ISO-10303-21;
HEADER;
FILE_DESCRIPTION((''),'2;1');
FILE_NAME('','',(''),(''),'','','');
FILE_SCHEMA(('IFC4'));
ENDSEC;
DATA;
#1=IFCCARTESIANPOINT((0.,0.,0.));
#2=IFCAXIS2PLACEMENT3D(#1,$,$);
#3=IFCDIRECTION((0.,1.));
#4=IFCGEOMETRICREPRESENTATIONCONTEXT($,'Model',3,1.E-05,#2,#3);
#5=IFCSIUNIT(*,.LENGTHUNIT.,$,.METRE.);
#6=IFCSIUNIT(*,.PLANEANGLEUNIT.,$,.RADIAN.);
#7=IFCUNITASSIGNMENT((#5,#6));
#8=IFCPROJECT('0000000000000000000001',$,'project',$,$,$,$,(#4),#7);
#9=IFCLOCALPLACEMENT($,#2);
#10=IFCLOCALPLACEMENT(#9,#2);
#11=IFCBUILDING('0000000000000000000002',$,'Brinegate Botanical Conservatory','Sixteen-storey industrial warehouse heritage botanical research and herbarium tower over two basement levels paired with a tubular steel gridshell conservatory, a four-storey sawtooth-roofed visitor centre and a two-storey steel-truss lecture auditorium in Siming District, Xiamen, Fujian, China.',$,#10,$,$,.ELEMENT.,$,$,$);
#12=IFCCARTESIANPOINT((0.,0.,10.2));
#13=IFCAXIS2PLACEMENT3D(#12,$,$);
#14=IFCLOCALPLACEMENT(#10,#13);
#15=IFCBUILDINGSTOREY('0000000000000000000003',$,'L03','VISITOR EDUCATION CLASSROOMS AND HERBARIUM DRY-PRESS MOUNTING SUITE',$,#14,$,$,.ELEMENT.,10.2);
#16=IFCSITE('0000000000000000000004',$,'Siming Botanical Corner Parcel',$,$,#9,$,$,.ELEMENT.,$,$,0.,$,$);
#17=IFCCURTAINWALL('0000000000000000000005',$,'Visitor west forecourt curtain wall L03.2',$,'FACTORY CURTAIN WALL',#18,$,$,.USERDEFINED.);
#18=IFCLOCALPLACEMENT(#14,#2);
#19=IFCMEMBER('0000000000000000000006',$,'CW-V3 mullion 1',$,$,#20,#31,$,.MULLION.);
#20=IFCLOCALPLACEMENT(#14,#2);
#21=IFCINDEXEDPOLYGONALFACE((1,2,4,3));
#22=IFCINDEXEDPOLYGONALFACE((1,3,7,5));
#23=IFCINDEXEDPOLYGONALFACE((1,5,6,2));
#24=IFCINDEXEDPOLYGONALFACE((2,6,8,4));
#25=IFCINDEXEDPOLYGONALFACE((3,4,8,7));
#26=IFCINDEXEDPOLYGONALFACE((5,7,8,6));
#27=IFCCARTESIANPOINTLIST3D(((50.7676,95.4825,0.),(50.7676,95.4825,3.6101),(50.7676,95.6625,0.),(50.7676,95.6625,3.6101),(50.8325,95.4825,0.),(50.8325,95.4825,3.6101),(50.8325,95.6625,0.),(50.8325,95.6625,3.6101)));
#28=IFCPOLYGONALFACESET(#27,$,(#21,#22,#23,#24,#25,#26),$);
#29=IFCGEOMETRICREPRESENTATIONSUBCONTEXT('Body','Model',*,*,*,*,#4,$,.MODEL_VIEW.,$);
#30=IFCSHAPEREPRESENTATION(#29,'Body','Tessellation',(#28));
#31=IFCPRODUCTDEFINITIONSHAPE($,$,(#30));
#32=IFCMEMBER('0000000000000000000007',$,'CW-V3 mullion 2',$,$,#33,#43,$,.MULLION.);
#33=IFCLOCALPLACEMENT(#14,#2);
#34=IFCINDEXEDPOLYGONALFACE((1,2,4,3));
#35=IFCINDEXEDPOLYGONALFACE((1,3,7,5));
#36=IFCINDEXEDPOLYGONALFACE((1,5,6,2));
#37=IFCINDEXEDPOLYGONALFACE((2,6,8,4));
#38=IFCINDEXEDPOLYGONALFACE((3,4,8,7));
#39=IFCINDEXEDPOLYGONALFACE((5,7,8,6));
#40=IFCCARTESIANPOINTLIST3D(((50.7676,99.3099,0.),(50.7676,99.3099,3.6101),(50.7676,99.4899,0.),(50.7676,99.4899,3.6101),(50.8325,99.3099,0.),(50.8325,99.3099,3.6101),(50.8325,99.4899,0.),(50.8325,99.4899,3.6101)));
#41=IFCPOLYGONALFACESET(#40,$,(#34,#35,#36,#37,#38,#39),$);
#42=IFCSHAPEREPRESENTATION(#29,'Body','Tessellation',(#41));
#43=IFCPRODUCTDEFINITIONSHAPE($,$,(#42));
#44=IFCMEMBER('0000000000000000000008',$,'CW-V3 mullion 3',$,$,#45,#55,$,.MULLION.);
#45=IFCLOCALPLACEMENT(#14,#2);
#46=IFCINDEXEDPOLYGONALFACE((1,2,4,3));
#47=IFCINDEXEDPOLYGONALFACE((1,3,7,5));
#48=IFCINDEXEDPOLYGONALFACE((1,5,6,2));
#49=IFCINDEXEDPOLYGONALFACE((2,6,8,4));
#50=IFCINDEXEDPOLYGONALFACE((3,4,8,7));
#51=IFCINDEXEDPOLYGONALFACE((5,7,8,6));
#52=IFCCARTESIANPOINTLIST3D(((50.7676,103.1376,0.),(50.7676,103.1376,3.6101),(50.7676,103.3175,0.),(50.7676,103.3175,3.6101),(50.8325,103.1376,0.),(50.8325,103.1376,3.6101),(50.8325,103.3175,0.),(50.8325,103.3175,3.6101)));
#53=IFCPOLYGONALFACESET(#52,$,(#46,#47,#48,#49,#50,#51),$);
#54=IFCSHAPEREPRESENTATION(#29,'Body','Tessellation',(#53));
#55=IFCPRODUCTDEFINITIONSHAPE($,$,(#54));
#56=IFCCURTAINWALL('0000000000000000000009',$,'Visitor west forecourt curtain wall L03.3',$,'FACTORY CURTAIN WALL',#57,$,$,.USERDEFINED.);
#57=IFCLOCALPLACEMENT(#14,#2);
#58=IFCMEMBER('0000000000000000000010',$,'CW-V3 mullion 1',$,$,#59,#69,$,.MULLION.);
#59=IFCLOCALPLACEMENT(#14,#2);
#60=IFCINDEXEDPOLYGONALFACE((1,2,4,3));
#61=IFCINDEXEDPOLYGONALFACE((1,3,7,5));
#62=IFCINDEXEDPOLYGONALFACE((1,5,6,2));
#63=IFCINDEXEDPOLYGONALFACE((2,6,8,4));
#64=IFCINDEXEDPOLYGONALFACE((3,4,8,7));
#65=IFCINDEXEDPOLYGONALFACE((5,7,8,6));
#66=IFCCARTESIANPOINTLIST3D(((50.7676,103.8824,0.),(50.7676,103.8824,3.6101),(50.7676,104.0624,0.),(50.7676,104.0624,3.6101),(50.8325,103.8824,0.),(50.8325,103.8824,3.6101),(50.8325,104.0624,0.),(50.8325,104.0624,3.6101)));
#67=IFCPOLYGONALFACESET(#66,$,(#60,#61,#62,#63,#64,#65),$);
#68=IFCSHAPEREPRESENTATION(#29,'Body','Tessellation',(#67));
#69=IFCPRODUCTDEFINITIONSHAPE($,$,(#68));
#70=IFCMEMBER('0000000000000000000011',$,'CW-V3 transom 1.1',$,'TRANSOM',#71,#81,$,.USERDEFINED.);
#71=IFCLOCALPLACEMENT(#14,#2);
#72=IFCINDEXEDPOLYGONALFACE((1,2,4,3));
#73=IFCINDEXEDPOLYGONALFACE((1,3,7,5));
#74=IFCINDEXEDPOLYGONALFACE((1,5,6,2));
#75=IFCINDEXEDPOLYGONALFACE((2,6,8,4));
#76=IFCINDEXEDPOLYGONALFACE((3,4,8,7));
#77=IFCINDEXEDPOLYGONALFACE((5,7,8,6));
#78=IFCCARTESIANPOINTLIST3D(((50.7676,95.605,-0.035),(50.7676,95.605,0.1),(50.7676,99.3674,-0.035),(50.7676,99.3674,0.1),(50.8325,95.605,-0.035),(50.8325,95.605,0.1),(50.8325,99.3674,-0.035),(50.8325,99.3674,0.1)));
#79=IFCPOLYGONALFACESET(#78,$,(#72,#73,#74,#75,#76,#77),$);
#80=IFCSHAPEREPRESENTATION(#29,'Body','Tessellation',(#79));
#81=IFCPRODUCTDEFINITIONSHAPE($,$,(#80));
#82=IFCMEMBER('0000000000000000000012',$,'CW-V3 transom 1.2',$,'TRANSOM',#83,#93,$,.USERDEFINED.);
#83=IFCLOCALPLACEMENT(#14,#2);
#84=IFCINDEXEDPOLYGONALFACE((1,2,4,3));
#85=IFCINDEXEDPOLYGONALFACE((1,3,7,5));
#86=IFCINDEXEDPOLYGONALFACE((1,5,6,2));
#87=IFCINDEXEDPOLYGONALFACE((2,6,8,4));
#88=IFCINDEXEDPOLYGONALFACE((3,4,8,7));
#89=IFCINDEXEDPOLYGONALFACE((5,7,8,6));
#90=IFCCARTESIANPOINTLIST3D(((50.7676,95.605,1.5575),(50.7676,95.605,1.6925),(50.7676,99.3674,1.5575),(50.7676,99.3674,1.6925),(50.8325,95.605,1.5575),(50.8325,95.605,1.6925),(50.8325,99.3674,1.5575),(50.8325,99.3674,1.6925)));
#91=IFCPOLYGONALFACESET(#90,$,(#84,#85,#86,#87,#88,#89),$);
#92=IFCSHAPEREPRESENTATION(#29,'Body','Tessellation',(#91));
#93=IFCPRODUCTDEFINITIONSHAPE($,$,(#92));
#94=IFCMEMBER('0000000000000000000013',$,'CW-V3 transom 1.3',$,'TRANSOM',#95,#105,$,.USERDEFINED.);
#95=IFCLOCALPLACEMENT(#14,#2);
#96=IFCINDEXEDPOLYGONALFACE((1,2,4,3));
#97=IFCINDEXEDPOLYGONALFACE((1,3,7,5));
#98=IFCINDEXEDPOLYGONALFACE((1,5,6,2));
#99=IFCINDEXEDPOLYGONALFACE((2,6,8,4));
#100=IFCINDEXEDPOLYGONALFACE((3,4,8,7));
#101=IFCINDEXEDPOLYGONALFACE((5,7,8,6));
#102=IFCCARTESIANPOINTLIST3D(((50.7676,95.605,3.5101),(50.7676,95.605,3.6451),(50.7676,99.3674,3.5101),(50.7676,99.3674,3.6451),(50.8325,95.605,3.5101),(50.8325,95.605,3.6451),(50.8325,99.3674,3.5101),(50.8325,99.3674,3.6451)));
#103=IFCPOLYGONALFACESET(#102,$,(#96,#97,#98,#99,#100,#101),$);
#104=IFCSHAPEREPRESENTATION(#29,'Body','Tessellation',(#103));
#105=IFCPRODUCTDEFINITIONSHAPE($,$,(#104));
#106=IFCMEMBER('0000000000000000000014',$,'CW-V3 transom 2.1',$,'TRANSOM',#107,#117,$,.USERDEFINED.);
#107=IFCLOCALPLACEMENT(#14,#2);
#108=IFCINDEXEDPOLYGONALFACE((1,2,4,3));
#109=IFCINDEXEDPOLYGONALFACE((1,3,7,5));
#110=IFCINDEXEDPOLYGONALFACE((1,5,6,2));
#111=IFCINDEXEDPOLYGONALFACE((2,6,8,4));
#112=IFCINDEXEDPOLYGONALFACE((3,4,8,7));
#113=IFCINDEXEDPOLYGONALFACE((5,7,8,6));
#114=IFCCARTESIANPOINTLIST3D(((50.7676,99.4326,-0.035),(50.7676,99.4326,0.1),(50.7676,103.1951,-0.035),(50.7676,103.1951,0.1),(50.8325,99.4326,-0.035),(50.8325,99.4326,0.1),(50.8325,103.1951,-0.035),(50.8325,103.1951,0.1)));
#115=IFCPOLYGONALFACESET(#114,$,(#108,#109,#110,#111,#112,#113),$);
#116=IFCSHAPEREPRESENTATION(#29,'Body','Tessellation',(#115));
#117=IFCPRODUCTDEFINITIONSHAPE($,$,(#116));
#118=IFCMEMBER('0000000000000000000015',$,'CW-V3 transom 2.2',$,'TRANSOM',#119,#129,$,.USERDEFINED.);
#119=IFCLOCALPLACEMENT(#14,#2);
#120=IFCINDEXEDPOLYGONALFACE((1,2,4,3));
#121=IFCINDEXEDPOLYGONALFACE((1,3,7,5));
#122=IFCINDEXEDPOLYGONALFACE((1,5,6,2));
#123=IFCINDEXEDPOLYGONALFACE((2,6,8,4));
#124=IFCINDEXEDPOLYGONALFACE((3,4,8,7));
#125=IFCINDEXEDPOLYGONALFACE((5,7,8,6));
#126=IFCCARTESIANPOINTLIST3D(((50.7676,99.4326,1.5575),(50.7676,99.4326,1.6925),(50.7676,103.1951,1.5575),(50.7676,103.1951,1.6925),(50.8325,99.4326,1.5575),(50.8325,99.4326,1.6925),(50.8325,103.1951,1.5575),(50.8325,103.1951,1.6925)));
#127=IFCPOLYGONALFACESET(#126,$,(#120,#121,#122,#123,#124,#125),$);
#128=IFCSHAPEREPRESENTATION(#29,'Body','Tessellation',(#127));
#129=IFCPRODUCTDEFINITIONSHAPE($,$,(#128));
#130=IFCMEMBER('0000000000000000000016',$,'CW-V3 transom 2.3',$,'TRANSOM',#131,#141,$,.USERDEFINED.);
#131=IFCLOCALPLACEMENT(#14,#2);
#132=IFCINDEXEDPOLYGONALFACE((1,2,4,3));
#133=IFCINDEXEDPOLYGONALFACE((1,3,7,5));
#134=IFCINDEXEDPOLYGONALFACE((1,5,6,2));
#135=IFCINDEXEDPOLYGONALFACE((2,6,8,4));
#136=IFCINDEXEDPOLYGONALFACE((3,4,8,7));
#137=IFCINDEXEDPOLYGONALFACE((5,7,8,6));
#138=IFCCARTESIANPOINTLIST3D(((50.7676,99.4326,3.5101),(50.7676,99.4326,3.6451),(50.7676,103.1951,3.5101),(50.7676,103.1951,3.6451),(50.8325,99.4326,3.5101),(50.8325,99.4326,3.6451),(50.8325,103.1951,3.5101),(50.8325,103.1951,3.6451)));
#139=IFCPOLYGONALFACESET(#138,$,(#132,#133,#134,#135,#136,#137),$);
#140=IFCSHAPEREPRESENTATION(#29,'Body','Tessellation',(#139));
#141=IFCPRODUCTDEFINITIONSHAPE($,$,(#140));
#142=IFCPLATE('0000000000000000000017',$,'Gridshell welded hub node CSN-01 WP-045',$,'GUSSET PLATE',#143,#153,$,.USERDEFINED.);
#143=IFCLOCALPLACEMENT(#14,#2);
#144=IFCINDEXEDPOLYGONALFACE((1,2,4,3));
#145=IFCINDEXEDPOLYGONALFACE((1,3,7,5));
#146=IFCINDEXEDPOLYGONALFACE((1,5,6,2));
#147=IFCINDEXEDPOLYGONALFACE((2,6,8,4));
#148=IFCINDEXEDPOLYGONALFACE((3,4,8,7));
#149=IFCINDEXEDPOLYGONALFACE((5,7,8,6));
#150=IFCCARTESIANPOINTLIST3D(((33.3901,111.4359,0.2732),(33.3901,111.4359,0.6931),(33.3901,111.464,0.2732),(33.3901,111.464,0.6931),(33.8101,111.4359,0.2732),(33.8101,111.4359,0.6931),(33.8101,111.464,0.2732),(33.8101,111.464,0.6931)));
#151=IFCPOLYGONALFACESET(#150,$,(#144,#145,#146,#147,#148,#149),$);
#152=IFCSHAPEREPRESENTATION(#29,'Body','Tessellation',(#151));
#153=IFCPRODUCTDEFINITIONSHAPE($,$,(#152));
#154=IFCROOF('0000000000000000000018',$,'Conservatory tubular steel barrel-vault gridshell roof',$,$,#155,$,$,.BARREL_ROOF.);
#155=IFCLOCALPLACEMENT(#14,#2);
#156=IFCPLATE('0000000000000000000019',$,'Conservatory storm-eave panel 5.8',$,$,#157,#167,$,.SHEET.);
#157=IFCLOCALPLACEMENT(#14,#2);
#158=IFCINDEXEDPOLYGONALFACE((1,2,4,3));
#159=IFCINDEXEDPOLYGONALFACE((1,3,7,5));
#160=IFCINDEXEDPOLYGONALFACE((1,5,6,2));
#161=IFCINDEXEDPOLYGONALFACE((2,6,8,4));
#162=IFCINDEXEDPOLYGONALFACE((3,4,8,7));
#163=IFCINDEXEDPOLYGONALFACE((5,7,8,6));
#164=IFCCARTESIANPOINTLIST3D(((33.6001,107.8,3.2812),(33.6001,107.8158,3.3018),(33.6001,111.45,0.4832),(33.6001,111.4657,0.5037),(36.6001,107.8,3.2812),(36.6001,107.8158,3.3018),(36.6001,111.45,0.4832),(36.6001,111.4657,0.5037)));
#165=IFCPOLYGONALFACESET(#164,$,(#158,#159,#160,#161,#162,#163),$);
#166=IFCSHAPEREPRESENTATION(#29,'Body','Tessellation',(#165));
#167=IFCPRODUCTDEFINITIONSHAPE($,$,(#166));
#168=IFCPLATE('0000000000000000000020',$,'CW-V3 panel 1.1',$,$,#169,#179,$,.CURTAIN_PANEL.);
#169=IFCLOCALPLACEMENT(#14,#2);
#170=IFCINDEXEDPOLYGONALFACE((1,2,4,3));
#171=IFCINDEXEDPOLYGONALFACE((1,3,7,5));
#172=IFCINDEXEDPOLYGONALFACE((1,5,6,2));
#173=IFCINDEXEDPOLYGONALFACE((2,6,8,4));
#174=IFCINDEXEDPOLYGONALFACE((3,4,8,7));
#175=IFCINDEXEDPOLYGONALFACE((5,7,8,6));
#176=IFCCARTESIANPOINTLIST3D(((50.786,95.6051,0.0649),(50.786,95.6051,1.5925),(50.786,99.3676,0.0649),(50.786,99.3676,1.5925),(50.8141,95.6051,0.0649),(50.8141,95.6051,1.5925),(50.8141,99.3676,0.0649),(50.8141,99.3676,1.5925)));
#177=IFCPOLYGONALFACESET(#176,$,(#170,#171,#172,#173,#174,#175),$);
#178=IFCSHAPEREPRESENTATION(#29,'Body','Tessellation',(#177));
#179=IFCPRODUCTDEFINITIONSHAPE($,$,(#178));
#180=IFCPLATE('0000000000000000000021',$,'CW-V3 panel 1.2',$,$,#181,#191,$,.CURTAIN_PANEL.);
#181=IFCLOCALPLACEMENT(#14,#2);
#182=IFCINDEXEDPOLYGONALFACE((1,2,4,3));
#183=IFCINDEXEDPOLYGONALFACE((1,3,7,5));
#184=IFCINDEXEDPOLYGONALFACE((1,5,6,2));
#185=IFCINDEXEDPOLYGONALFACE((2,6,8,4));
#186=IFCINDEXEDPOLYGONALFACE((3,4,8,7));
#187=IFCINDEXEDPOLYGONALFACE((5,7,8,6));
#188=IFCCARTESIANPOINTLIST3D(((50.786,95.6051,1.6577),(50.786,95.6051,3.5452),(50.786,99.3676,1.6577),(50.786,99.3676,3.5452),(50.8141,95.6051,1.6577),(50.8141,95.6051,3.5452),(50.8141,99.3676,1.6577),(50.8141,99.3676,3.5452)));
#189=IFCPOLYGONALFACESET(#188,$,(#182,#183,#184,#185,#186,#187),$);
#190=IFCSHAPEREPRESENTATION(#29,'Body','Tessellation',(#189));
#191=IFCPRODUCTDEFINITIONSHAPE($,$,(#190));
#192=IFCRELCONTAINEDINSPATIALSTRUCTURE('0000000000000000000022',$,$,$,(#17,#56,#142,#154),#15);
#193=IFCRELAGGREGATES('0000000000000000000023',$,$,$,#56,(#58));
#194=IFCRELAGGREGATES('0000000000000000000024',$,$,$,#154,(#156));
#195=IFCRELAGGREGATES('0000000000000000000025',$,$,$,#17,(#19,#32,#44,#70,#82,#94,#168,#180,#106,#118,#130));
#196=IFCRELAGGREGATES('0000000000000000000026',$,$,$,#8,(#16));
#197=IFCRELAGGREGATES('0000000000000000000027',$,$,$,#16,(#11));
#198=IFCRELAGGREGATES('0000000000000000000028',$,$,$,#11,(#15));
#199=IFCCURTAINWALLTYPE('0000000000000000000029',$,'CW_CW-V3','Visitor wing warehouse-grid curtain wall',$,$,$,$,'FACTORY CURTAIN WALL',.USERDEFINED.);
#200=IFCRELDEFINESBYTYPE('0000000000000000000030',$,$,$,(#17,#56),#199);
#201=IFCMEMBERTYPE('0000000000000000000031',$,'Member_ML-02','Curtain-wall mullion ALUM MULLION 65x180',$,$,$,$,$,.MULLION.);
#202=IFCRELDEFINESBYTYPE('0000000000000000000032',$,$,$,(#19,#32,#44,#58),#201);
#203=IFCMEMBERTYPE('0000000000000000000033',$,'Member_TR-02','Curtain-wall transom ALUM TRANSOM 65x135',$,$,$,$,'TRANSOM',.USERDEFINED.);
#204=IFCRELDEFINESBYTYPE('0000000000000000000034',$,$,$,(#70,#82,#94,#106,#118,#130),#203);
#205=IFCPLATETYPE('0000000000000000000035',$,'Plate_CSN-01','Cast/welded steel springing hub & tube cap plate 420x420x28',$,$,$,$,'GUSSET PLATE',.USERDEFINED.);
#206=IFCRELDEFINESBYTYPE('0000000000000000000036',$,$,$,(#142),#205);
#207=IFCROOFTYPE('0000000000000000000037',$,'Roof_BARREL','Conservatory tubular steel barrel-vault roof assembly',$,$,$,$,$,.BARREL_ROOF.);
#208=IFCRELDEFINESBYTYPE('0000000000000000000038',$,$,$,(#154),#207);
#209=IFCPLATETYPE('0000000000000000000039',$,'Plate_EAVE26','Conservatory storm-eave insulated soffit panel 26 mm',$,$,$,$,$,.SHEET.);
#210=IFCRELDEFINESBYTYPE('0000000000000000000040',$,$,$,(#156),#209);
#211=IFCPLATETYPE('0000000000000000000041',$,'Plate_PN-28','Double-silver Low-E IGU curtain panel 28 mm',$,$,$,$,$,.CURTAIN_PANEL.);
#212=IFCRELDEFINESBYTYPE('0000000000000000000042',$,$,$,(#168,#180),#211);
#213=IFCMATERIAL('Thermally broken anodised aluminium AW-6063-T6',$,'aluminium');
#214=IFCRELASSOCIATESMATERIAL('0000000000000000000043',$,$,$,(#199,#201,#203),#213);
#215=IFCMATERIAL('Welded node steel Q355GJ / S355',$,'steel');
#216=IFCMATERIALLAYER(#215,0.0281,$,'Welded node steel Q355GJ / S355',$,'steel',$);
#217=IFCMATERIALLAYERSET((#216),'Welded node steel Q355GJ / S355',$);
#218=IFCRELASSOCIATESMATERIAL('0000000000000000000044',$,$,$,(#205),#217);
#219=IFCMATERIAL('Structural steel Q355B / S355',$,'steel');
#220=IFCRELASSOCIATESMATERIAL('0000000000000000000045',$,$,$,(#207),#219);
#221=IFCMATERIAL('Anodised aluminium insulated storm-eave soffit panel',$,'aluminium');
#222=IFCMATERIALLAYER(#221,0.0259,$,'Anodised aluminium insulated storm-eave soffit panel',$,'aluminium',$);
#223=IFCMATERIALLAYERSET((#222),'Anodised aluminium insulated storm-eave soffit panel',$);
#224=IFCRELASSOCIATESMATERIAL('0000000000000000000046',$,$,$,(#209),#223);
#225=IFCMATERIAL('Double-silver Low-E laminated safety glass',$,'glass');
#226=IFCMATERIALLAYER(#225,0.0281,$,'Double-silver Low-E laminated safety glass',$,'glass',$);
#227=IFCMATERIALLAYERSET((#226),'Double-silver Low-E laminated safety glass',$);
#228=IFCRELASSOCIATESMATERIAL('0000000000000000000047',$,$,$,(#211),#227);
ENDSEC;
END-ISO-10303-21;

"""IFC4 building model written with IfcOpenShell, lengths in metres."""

from ifc_helpers import new_model, si_unit, direction, frame, origin, origin_2d, place, context, subcontext, project, spatial, polyline, rectangle, outline, extrude, material, layer, layer_set, material_profile, profile_set, type_object, element, aggregate, save


model = new_model("IFC4")

# Units and contexts
model_context = context("Model", 3, precision=1e-05, world=origin(), true_north=direction((0.0, 1.0)))
body_context = subcontext(model_context, "Body", "Model", "MODEL_VIEW")
ifc_project = project(units=[si_unit("LENGTHUNIT", "METRE"), si_unit("PLANEANGLEUNIT", "RADIAN")], contexts=[model_context])

# Site, building, storey
site_placement = place(None, origin())
site = spatial("IfcSite", under=ifc_project, at=site_placement, Name="Siming Botanical Corner Parcel", CompositionType="ELEMENT", RefElevation=0.0)
building_placement = place(site_placement, origin())
building = spatial("IfcBuilding", under=site, at=building_placement, Name="Brinegate Botanical Conservatory", Description="Sixteen-storey industrial warehouse heritage botanical research and herbarium tower over two basement levels paired with a tubular steel gridshell conservatory, a four-storey sawtooth-roofed visitor centre and a two-storey steel-truss lecture auditorium in Siming District, Xiamen, Fujian, China.", CompositionType="ELEMENT")
storey_placement = place(building_placement, frame((0.0, 0.0, 10.2)))
storey = spatial("IfcBuildingStorey", under=building, at=storey_placement, Name="L03", Description="VISITOR EDUCATION CLASSROOMS AND HERBARIUM DRY-PRESS MOUNTING SUITE", CompositionType="ELEMENT", Elevation=10.2)

# Shared definitions
ifc_material_1 = material(Name="Structural steel Q355B / S355", Category="steel")

# Curtain wall, members
ifc_material_2 = material(Name="Thermally broken anodised aluminium AW-6063-T6", Category="aluminium")
curtain_wall_type = type_object("IfcCurtainWallType", Name="CW_CW-V3", Description="Visitor wing warehouse-grid curtain wall", ElementType="FACTORY CURTAIN WALL", PredefinedType="USERDEFINED", material=ifc_material_2)
curtain_wall_1_placement = place(storey_placement, origin())
curtain_wall_1 = element("IfcCurtainWall", 1, at=curtain_wall_1_placement, inside=storey, type_object=curtain_wall_type, Name="Visitor west forecourt curtain wall L03.2", ObjectType="FACTORY CURTAIN WALL", PredefinedType="USERDEFINED")
ifc_material_profile_1 = material_profile(ifc_material_2, rectangle(XDim=0.0649, YDim=0.1799, at=origin_2d()), Name="ALUM MULLION 65x180")
ifc_profile_set_1 = profile_set([ifc_material_profile_1], Name="Thermally broken anodised aluminium AW-6063-T6")
member_type_1 = type_object("IfcMemberType", Name="Member_ML-02", Description="Curtain-wall mullion ALUM MULLION 65x180", PredefinedType="MULLION", material=ifc_profile_set_1)
member_1_placement = place(storey_placement, frame((50.8, 95.5725, 0.0), z_axis=(0.0, 0.0, 1.0), x_axis=(-1.0, 0.0, 0.0)))
member_1 = element("IfcMember", 2, at=member_1_placement, type_object=member_type_1, Name="CW-V3 mullion 1", PredefinedType="MULLION", context=body_context, shape_type="SweptSolid", body=[
    extrude(rectangle(XDim=0.0649, YDim=0.1799, at=origin_2d()), origin(), (0.0, 0.0, 1.0), 3.6101),
])
member_2_placement = place(storey_placement, frame((50.8, 99.3999, 0.0), z_axis=(0.0, 0.0, 1.0), x_axis=(-1.0, 0.0, 0.0)))
member_2 = element("IfcMember", 3, at=member_2_placement, type_object=member_type_1, Name="CW-V3 mullion 2", PredefinedType="MULLION", context=body_context, shape_type="SweptSolid", body=[
    extrude(rectangle(XDim=0.0649, YDim=0.1799, at=origin_2d()), origin(), (0.0, 0.0, 1.0), 3.6101),
])
member_3_placement = place(storey_placement, frame((50.8, 103.2275, 0.0), z_axis=(0.0, 0.0, 1.0), x_axis=(-1.0, 0.0, 0.0)))
member_3 = element("IfcMember", 4, at=member_3_placement, type_object=member_type_1, Name="CW-V3 mullion 3", PredefinedType="MULLION", context=body_context, shape_type="SweptSolid", body=[
    extrude(rectangle(XDim=0.0649, YDim=0.1799, at=origin_2d()), origin(), (0.0, 0.0, 1.0), 3.6101),
])

# Curtain wall, member
curtain_wall_2_placement = place(storey_placement, origin())
curtain_wall_2 = element("IfcCurtainWall", 5, at=curtain_wall_2_placement, inside=storey, type_object=curtain_wall_type, Name="Visitor west forecourt curtain wall L03.3", ObjectType="FACTORY CURTAIN WALL", PredefinedType="USERDEFINED")
member_4_placement = place(storey_placement, frame((50.8, 103.9724, 0.0), z_axis=(0.0, 0.0, 1.0), x_axis=(-1.0, 0.0, 0.0)))
member_4 = element("IfcMember", 6, at=member_4_placement, type_object=member_type_1, Name="CW-V3 mullion 1", PredefinedType="MULLION", context=body_context, shape_type="SweptSolid", body=[
    extrude(rectangle(XDim=0.0649, YDim=0.1799, at=origin_2d()), origin(), (0.0, 0.0, 1.0), 3.6101),
])
aggregate(curtain_wall_2, [member_4])

# Members
ifc_material_profile_2 = material_profile(ifc_material_2, rectangle(XDim=0.0649, YDim=0.135, at=origin_2d()), Name="ALUM TRANSOM 65x135")
ifc_profile_set_2 = profile_set([ifc_material_profile_2], Name="Thermally broken anodised aluminium AW-6063-T6")
member_type_2 = type_object("IfcMemberType", Name="Member_TR-02", Description="Curtain-wall transom ALUM TRANSOM 65x135", ElementType="TRANSOM", PredefinedType="USERDEFINED", material=ifc_profile_set_2)
member_5_placement = place(storey_placement, frame((50.8, 95.605, 0.0325), z_axis=(0.0, 1.0, 0.0), x_axis=(-1.0, 0.0, 0.0)))
member_5 = element("IfcMember", 7, at=member_5_placement, type_object=member_type_2, Name="CW-V3 transom 1.1", ObjectType="TRANSOM", PredefinedType="USERDEFINED", context=body_context, shape_type="SweptSolid", body=[
    extrude(rectangle(XDim=0.0649, YDim=0.135, at=origin_2d()), origin(), (0.0, 0.0, 1.0), 3.7625),
])
member_6_placement = place(storey_placement, frame((50.8, 95.605, 1.625), z_axis=(0.0, 1.0, 0.0), x_axis=(-1.0, 0.0, 0.0)))
member_6 = element("IfcMember", 8, at=member_6_placement, type_object=member_type_2, Name="CW-V3 transom 1.2", ObjectType="TRANSOM", PredefinedType="USERDEFINED", context=body_context, shape_type="SweptSolid", body=[
    extrude(rectangle(XDim=0.0649, YDim=0.135, at=origin_2d()), origin(), (0.0, 0.0, 1.0), 3.7625),
])
member_7_placement = place(storey_placement, frame((50.8, 95.605, 3.5776), z_axis=(0.0, 1.0, 0.0), x_axis=(-1.0, 0.0, 0.0)))
member_7 = element("IfcMember", 9, at=member_7_placement, type_object=member_type_2, Name="CW-V3 transom 1.3", ObjectType="TRANSOM", PredefinedType="USERDEFINED", context=body_context, shape_type="SweptSolid", body=[
    extrude(rectangle(XDim=0.0649, YDim=0.135, at=origin_2d()), origin(), (0.0, 0.0, 1.0), 3.7625),
])
member_8_placement = place(storey_placement, frame((50.8, 99.4326, 0.0325), z_axis=(0.0, 1.0, 0.0), x_axis=(-1.0, 0.0, 0.0)))
member_8 = element("IfcMember", 10, at=member_8_placement, type_object=member_type_2, Name="CW-V3 transom 2.1", ObjectType="TRANSOM", PredefinedType="USERDEFINED", context=body_context, shape_type="SweptSolid", body=[
    extrude(rectangle(XDim=0.0649, YDim=0.135, at=origin_2d()), origin(), (0.0, 0.0, 1.0), 3.7625),
])
member_9_placement = place(storey_placement, frame((50.8, 99.4326, 1.625), z_axis=(0.0, 1.0, 0.0), x_axis=(-1.0, 0.0, 0.0)))
member_9 = element("IfcMember", 11, at=member_9_placement, type_object=member_type_2, Name="CW-V3 transom 2.2", ObjectType="TRANSOM", PredefinedType="USERDEFINED", context=body_context, shape_type="SweptSolid", body=[
    extrude(rectangle(XDim=0.0649, YDim=0.135, at=origin_2d()), origin(), (0.0, 0.0, 1.0), 3.7625),
])
member_10_placement = place(storey_placement, frame((50.8, 99.4326, 3.5776), z_axis=(0.0, 1.0, 0.0), x_axis=(-1.0, 0.0, 0.0)))
member_10 = element("IfcMember", 12, at=member_10_placement, type_object=member_type_2, Name="CW-V3 transom 2.3", ObjectType="TRANSOM", PredefinedType="USERDEFINED", context=body_context, shape_type="SweptSolid", body=[
    extrude(rectangle(XDim=0.0649, YDim=0.135, at=origin_2d()), origin(), (0.0, 0.0, 1.0), 3.7625),
])

# Plate
ifc_material_3 = material(Name="Welded node steel Q355GJ / S355", Category="steel")
ifc_layer_1 = layer(ifc_material_3, 0.0281, Name="Welded node steel Q355GJ / S355", Category="steel")
ifc_layer_set_1 = layer_set([ifc_layer_1], Name="Welded node steel Q355GJ / S355")
plate_type_1 = type_object("IfcPlateType", Name="Plate_CSN-01", Description="Cast/welded steel springing hub & tube cap plate 420x420x28", ElementType="GUSSET PLATE", PredefinedType="USERDEFINED", material=ifc_layer_set_1)
plate_1_placement = place(storey_placement, frame((33.6001, 111.45, 0.2732), z_axis=(0.0, 0.0, 1.0), x_axis=(1.0, 0.0, 0.0)))
element("IfcPlate", 13, at=plate_1_placement, inside=storey, type_object=plate_type_1, Name="Gridshell welded hub node CSN-01 WP-045", ObjectType="GUSSET PLATE", PredefinedType="USERDEFINED", context=body_context, shape_type="SweptSolid", body=[
    extrude(rectangle(XDim=0.4199, YDim=0.0281, at=origin_2d()), origin(), (0.0, 0.0, 1.0), 0.4199),
])

# Roof, plate
roof_type = type_object("IfcRoofType", Name="Roof_BARREL", Description="Conservatory tubular steel barrel-vault roof assembly", PredefinedType="BARREL_ROOF", material=ifc_material_1)
roof_placement = place(storey_placement, origin())
roof = element("IfcRoof", 14, at=roof_placement, inside=storey, type_object=roof_type, Name="Conservatory tubular steel barrel-vault gridshell roof", PredefinedType="BARREL_ROOF")
ifc_material_4 = material(Name="Anodised aluminium insulated storm-eave soffit panel", Category="aluminium")
ifc_layer_2 = layer(ifc_material_4, 0.0259, Name="Anodised aluminium insulated storm-eave soffit panel", Category="aluminium")
ifc_layer_set_2 = layer_set([ifc_layer_2], Name="Anodised aluminium insulated storm-eave soffit panel")
plate_type_2 = type_object("IfcPlateType", Name="Plate_EAVE26", Description="Conservatory storm-eave insulated soffit panel 26 mm", PredefinedType="SHEET", material=ifc_layer_set_2)
plate_2_placement = place(storey_placement, frame((33.6001, 107.8, 3.2812), z_axis=(0.0, 0.608409, 0.793623), x_axis=(1.0, 0.0, 0.0)))
plate_2 = element("IfcPlate", 15, at=plate_2_placement, type_object=plate_type_2, Name="Conservatory storm-eave panel 5.8", PredefinedType="SHEET", context=body_context, shape_type="SweptSolid", body=[
    extrude(outline(polyline([(0.0, 0.0), (3.0, 0.0), (3.0, 4.599), (0.0, 4.599), (0.0, 0.0)])), origin(), (0.0, 0.0, 1.0), 0.0259),
])
aggregate(roof, [plate_2])

# Plates
ifc_material_5 = material(Name="Double-silver Low-E laminated safety glass", Category="glass")
ifc_layer_3 = layer(ifc_material_5, 0.0281, Name="Double-silver Low-E laminated safety glass", Category="glass")
ifc_layer_set_3 = layer_set([ifc_layer_3], Name="Double-silver Low-E laminated safety glass")
plate_type_3 = type_object("IfcPlateType", Name="Plate_PN-28", Description="Double-silver Low-E IGU curtain panel 28 mm", PredefinedType="CURTAIN_PANEL", material=ifc_layer_set_3)
plate_3_placement = place(storey_placement, frame((50.8, 97.4863, 0.0649), z_axis=(0.0, 0.0, 1.0), x_axis=(0.0, 1.0, 0.0)))
plate_3 = element("IfcPlate", 16, at=plate_3_placement, type_object=plate_type_3, Name="CW-V3 panel 1.1", PredefinedType="CURTAIN_PANEL", context=body_context, shape_type="SweptSolid", body=[
    extrude(rectangle(XDim=3.7625, YDim=0.0281, at=origin_2d()), origin(), (0.0, 0.0, 1.0), 1.5276),
])
plate_4_placement = place(storey_placement, frame((50.8, 97.4863, 1.6577), z_axis=(0.0, 0.0, 1.0), x_axis=(0.0, 1.0, 0.0)))
plate_4 = element("IfcPlate", 17, at=plate_4_placement, type_object=plate_type_3, Name="CW-V3 panel 1.2", PredefinedType="CURTAIN_PANEL", context=body_context, shape_type="SweptSolid", body=[
    extrude(rectangle(XDim=3.7625, YDim=0.0281, at=origin_2d()), origin(), (0.0, 0.0, 1.0), 1.8875),
])
aggregate(curtain_wall_1, [member_1, member_2, member_3, member_5, member_6, member_7, plate_3, plate_4, member_8, member_9, member_10])

save(model, "model.ifc")
